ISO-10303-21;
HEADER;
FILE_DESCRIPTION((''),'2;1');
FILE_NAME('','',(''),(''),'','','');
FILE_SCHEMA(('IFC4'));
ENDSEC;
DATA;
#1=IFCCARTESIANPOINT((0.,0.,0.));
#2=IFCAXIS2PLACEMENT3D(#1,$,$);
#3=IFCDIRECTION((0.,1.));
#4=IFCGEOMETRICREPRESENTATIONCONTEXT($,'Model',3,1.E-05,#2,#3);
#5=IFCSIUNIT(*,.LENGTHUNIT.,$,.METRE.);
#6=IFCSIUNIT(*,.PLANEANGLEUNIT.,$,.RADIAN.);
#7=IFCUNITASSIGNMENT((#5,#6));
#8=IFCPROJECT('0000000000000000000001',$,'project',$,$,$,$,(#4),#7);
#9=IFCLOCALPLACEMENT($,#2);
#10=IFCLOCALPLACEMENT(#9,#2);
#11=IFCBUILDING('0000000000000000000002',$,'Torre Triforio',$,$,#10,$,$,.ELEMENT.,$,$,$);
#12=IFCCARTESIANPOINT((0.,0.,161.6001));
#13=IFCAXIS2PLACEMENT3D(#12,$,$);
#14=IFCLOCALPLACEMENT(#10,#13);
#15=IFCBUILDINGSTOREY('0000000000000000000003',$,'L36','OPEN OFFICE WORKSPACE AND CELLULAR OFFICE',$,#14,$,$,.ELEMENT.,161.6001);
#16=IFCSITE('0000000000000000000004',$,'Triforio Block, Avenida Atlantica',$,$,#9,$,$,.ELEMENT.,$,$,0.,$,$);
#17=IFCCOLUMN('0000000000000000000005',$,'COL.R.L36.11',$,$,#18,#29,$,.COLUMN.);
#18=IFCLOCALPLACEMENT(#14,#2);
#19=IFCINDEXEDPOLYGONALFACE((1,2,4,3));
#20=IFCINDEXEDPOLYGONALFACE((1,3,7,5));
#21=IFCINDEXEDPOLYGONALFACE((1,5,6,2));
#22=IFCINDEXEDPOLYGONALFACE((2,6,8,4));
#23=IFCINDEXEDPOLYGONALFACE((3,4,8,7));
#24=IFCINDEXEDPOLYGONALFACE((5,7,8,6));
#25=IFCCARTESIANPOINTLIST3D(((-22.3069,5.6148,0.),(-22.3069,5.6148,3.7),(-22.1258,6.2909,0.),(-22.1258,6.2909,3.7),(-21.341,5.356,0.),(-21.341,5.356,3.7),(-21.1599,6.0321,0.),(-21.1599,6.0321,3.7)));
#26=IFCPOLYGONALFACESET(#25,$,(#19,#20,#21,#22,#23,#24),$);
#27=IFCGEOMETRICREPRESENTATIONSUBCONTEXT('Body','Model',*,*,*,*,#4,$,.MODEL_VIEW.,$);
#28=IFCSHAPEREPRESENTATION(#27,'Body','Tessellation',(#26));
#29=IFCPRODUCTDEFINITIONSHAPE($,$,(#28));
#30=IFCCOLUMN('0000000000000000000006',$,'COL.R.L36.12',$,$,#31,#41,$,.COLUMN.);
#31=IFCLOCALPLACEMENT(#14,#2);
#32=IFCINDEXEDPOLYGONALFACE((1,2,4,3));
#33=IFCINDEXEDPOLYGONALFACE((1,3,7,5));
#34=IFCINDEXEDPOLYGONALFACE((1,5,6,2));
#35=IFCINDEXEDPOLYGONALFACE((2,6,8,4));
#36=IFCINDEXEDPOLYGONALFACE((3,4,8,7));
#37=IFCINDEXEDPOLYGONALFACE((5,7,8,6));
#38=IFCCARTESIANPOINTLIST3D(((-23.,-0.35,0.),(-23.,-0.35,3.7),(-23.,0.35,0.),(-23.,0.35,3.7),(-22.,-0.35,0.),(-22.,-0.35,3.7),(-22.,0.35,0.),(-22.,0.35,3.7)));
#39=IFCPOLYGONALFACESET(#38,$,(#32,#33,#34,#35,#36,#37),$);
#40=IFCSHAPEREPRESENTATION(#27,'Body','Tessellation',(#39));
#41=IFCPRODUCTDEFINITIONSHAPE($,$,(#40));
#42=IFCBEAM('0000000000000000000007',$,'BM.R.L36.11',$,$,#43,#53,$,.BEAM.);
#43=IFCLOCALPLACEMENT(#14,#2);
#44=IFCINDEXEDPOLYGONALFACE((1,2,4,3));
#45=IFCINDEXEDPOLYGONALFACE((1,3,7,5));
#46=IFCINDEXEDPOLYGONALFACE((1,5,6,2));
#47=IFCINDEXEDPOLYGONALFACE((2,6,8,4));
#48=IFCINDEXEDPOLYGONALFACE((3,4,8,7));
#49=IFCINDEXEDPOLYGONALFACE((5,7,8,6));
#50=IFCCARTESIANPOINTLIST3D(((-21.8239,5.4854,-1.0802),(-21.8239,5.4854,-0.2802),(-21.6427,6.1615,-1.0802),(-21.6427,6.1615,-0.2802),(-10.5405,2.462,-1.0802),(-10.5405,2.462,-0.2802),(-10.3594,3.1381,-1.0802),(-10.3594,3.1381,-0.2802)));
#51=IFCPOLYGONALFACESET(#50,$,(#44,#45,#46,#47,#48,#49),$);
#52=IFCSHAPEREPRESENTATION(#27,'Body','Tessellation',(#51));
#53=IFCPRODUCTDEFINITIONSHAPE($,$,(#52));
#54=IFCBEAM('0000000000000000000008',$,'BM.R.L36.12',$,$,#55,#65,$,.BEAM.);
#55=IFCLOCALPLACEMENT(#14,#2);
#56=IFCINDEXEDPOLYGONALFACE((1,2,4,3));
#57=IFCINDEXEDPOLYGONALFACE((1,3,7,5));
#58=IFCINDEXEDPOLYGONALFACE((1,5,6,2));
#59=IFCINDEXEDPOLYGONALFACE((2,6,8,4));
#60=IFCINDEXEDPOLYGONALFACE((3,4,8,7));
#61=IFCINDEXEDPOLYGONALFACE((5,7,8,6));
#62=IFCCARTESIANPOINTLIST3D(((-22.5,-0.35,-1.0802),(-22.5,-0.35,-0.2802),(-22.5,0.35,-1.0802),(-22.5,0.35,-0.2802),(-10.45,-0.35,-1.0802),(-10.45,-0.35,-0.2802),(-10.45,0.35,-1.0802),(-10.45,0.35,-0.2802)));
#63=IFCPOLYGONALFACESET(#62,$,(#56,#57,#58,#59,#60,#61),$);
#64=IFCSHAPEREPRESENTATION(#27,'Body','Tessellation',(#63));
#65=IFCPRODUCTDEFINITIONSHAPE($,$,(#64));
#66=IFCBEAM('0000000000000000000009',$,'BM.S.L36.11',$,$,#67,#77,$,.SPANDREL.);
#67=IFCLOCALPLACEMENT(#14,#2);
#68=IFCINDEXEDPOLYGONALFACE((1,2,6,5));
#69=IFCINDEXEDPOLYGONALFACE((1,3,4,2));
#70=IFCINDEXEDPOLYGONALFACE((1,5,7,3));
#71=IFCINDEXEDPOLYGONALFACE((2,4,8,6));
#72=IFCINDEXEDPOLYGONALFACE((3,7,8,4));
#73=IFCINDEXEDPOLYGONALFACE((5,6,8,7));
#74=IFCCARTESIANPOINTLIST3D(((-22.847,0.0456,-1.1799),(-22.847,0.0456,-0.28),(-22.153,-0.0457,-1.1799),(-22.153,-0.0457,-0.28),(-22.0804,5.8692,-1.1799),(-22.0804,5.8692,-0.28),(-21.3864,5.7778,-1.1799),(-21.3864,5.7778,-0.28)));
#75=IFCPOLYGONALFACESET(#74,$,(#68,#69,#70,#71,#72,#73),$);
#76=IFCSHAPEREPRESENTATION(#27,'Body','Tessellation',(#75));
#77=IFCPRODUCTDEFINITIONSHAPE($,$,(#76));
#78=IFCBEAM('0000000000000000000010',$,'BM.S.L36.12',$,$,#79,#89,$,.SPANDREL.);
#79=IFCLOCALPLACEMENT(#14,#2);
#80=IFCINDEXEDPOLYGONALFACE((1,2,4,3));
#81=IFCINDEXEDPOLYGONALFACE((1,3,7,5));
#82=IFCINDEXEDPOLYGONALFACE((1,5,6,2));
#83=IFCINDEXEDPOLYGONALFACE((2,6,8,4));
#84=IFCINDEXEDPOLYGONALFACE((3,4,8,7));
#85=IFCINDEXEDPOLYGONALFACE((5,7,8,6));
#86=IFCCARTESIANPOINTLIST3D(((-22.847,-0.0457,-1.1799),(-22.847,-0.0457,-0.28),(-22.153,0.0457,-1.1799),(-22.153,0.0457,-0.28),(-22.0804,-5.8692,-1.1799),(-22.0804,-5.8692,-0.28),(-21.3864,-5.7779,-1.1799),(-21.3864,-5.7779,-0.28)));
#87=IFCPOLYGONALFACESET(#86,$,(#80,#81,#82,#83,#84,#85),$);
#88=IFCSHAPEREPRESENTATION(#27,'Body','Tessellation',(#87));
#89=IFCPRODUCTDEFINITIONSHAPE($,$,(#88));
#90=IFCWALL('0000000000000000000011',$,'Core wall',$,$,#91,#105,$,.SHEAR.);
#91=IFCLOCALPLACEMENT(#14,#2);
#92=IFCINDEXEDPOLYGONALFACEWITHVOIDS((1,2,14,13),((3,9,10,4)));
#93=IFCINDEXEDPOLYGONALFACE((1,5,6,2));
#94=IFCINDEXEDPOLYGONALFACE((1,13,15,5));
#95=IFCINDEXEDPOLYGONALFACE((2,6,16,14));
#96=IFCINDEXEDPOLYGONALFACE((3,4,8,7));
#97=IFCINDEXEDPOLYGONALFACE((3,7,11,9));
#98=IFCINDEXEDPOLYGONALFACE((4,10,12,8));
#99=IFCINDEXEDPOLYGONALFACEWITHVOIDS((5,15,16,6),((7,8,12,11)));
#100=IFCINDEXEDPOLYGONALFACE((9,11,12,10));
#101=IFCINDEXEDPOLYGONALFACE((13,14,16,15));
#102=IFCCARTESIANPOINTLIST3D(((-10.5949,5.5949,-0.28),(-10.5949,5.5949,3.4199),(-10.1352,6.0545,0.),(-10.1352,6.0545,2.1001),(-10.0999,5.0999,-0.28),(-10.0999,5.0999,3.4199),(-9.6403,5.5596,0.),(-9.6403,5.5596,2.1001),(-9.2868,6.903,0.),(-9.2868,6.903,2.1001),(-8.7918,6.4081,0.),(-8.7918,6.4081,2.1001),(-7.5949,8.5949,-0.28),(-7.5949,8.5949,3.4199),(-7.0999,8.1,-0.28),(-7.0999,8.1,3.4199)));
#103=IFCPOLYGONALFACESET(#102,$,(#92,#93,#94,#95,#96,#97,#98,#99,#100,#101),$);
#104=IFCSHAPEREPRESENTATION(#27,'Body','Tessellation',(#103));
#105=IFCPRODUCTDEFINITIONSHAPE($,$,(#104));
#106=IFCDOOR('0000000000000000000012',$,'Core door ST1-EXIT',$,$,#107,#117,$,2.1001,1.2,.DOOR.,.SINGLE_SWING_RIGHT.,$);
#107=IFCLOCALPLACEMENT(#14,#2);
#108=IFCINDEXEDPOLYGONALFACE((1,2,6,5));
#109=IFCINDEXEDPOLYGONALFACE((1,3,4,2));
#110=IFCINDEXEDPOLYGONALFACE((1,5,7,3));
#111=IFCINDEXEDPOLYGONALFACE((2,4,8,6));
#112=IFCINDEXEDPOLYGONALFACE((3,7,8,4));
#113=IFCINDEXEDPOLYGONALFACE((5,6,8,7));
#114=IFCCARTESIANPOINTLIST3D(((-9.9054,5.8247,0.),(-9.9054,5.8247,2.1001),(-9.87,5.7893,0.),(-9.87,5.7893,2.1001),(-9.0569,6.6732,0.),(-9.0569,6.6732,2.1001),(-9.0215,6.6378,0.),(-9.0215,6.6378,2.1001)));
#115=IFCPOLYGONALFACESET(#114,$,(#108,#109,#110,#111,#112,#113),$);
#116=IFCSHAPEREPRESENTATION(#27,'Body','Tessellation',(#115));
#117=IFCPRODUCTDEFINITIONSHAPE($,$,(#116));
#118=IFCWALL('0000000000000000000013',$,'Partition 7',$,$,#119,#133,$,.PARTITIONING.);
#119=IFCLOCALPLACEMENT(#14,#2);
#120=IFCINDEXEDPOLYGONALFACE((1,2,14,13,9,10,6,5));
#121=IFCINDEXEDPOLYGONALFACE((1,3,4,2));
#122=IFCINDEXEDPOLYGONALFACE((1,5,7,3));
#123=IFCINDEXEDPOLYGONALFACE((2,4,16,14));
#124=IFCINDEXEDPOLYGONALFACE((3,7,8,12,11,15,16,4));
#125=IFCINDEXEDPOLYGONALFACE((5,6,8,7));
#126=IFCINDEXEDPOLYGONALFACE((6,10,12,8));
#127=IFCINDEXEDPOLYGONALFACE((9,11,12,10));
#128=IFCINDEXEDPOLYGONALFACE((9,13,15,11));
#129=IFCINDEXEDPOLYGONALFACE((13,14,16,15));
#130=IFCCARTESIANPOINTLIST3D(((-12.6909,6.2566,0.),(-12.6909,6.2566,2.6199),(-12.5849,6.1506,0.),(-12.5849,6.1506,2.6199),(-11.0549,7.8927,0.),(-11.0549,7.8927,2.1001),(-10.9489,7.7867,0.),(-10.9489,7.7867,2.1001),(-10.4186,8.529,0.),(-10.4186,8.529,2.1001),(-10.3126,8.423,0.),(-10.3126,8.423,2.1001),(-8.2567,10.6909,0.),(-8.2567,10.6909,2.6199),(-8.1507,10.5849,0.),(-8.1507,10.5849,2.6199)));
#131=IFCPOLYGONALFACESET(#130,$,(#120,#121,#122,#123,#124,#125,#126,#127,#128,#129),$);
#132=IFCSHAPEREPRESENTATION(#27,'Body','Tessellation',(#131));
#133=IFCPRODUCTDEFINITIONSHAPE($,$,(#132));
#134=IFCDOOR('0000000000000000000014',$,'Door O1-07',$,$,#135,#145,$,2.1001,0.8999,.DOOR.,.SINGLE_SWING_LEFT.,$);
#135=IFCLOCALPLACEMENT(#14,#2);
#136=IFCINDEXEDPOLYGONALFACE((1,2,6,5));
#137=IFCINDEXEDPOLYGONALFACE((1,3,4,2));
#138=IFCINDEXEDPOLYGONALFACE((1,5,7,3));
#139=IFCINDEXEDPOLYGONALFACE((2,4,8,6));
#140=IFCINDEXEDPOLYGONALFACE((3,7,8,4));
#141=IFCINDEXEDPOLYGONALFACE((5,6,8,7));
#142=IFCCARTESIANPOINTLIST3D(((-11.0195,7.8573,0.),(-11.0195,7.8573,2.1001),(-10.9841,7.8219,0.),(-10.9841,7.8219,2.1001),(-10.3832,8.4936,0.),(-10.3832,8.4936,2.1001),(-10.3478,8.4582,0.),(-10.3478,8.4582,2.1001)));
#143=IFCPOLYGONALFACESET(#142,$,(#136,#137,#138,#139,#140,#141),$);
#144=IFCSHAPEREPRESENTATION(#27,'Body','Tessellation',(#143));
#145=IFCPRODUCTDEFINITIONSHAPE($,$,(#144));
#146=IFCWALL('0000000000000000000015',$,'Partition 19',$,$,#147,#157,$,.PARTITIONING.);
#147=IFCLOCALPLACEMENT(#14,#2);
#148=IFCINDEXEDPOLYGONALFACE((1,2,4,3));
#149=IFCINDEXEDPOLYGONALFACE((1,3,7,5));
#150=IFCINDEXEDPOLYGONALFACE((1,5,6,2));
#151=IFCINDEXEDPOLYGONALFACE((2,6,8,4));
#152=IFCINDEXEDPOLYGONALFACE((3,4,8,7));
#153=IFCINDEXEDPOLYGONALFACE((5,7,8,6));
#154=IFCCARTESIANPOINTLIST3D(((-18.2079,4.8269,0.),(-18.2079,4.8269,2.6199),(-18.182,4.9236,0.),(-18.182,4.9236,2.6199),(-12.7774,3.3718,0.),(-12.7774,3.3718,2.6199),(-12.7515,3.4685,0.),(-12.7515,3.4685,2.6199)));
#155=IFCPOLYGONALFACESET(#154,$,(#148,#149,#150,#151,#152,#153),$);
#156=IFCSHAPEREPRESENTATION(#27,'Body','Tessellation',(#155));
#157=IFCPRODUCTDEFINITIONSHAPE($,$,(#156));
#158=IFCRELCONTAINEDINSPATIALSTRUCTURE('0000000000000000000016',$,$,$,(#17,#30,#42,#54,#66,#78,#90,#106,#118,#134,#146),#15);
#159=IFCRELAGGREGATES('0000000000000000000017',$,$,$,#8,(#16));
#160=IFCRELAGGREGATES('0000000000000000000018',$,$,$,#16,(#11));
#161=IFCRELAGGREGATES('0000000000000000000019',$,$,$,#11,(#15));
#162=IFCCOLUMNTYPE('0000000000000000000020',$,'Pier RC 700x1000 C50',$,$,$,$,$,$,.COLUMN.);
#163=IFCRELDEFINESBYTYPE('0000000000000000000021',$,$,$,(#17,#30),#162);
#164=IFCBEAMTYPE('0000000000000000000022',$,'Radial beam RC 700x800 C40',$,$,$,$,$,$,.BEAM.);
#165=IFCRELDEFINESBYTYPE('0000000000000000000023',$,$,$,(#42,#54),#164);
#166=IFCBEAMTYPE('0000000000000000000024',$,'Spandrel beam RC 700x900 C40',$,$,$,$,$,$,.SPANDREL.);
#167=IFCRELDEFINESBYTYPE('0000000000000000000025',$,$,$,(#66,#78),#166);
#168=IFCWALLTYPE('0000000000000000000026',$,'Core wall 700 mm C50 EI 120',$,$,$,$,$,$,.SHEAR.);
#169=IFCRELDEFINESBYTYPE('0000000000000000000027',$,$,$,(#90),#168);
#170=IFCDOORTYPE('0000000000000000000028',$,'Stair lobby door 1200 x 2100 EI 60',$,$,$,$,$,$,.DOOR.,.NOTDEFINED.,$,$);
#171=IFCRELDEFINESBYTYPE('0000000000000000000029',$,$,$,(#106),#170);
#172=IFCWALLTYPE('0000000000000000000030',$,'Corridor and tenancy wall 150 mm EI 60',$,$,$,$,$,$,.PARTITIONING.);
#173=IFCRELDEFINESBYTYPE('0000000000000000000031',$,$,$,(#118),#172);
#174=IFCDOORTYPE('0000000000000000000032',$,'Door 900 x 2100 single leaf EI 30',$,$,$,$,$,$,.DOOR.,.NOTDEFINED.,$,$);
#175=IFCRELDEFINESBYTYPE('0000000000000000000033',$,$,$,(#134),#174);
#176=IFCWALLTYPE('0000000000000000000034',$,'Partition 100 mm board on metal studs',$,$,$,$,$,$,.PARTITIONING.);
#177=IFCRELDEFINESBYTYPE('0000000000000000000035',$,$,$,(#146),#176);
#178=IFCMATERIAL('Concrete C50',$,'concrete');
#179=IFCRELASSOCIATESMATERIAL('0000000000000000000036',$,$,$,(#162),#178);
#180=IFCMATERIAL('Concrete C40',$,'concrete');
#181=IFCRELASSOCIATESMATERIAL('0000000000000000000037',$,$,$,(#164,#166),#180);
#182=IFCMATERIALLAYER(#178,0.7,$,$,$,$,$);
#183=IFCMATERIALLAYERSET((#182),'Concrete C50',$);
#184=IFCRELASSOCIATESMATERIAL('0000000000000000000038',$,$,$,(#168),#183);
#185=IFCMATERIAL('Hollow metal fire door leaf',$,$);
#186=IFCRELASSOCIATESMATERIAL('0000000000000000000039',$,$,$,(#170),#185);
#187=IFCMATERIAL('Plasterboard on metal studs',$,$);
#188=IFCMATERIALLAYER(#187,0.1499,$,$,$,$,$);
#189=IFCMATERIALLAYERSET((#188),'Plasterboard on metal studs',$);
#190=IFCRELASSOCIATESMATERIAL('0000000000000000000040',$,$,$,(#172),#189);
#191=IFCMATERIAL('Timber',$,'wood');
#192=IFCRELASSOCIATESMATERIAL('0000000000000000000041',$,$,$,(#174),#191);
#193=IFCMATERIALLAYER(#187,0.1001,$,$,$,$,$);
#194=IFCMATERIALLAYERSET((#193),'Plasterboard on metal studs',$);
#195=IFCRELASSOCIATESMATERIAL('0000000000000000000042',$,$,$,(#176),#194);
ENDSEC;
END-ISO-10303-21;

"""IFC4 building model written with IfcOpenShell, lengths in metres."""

from ifc_helpers import new_model, si_unit, direction, frame, frame_2d, origin, origin_2d, place, context, subcontext, project, spatial, rectangle, extrude, material, layer, layer_set, material_profile, profile_set, type_object, element, fill, save


model = new_model("IFC4")

# Units and contexts
model_context = context("Model", 3, precision=1e-05, world=origin(), true_north=direction((0.0, 1.0)))
body_context = subcontext(model_context, "Body", "Model", "MODEL_VIEW")
ifc_project = project(units=[si_unit("LENGTHUNIT", "METRE"), si_unit("PLANEANGLEUNIT", "RADIAN")], contexts=[model_context])

# Site, building, storey
site_placement = place(None, origin())
site = spatial("IfcSite", under=ifc_project, at=site_placement, Name="Triforio Block, Avenida Atlantica", CompositionType="ELEMENT", RefElevation=0.0)
building_placement = place(site_placement, origin())
building = spatial("IfcBuilding", under=site, at=building_placement, Name="Torre Triforio", CompositionType="ELEMENT")
storey_placement = place(building_placement, frame((0.0, 0.0, 161.6001)))
storey = spatial("IfcBuildingStorey", under=building, at=storey_placement, Name="L36", Description="OPEN OFFICE WORKSPACE AND CELLULAR OFFICE", CompositionType="ELEMENT", Elevation=161.6001)

# Columns
ifc_material_1 = material(Name="Concrete C50", Category="concrete")
ifc_material_profile_1 = material_profile(ifc_material_1, rectangle(XDim=0.7, YDim=1.0, at=origin_2d()), Name="RC 700x1000")
ifc_profile_set_1 = profile_set([ifc_material_profile_1], Name="Concrete C50")
column_type = type_object("IfcColumnType", Name="Pier RC 700x1000 C50", PredefinedType="COLUMN", material=ifc_profile_set_1)
for number, where, z_axis, x_axis, name in (
    (1, (-21.7334, 5.8235, 0.0), (0.0, 0.0, 1.0), (-0.258819, -0.965926, 0.0), "COL.R.L36.11"),
    (2, (-22.5, 0.0, 0.0), (0.0, 0.0, 1.0), (0.0, -1.0, 0.0), "COL.R.L36.12"),
):
    element("IfcColumn", number, at=place(storey_placement, frame(where, z_axis=z_axis, x_axis=x_axis)), inside=storey, type_object=column_type, Name=name, PredefinedType="COLUMN", context=body_context, shape_type="SweptSolid", body=[
        extrude(rectangle(XDim=0.7, YDim=1.0, at=origin_2d()), origin(), (0.0, 0.0, 1.0), 3.7),
    ])

# Beams
ifc_material_2 = material(Name="Concrete C40", Category="concrete")
ifc_material_profile_2 = material_profile(ifc_material_2, rectangle(XDim=0.7, YDim=0.8, at=origin_2d()), Name="RC 700x800")
ifc_profile_set_2 = profile_set([ifc_material_profile_2], Name="Concrete C40")
beam_type_1 = type_object("IfcBeamType", Name="Radial beam RC 700x800 C40", PredefinedType="BEAM", material=ifc_profile_set_2)
beam_1_placement = place(storey_placement, frame((-10.45, 2.8, -0.6802), z_axis=(-0.965925, 0.258823, 0.0), x_axis=(-0.258823, -0.965925, 0.0)))
element("IfcBeam", 3, at=beam_1_placement, inside=storey, type_object=beam_type_1, Name="BM.R.L36.11", PredefinedType="BEAM", context=body_context, shape_type="SweptSolid", body=[
    extrude(rectangle(XDim=0.7, YDim=0.8, at=origin_2d()), origin(), (0.0, 0.0, 1.0), 11.6814),
])
beam_2_placement = place(storey_placement, frame((-10.45, 0.0, -0.6802), z_axis=(-1.0, 0.0, 0.0), x_axis=(0.0, -1.0, 0.0)))
element("IfcBeam", 4, at=beam_2_placement, inside=storey, type_object=beam_type_1, Name="BM.R.L36.12", PredefinedType="BEAM", context=body_context, shape_type="SweptSolid", body=[
    extrude(rectangle(XDim=0.7, YDim=0.8, at=origin_2d()), origin(), (0.0, 0.0, 1.0), 12.05),
])
ifc_material_profile_3 = material_profile(ifc_material_2, rectangle(XDim=0.7, YDim=0.8999, at=origin_2d()), Name="RC 700x900")
ifc_profile_set_3 = profile_set([ifc_material_profile_3], Name="Concrete C40")
beam_type_2 = type_object("IfcBeamType", Name="Spandrel beam RC 700x900 C40", PredefinedType="SPANDREL", material=ifc_profile_set_3)
for number, where, z_axis, x_axis, name in (
    (5, (-21.7334, 5.8235, -0.73), (-0.130514, -0.991447, 0.0), (0.991447, -0.130514, 0.0), "BM.S.L36.11"),
    (6, (-22.5, 0.0, -0.73), (0.130514, -0.991447, 0.0), (0.991447, 0.130514, 0.0), "BM.S.L36.12"),
):
    element("IfcBeam", number, at=place(storey_placement, frame(where, z_axis=z_axis, x_axis=x_axis)), inside=storey, type_object=beam_type_2, Name=name, PredefinedType="SPANDREL", context=body_context, shape_type="SweptSolid", body=[
        extrude(rectangle(XDim=0.7, YDim=0.8999, at=origin_2d()), origin(), (0.0, 0.0, 1.0), 5.8738),
    ])

# Walls, openings, doors
ifc_layer_1 = layer(ifc_material_1, 0.7)
ifc_layer_set_1 = layer_set([ifc_layer_1], Name="Concrete C50")
wall_type_1 = type_object("IfcWallType", Name="Core wall 700 mm C50 EI 120", PredefinedType="SHEAR", material=ifc_layer_set_1)
wall_1_placement = place(storey_placement, frame((-10.3474, 5.3474, -0.28), z_axis=(0.0, 0.0, 1.0), x_axis=(0.707107, 0.707107, 0.0)))
wall_1 = element("IfcWall", 7, at=wall_1_placement, inside=storey, type_object=wall_type_1, Name="Core wall", PredefinedType="SHEAR", context=body_context, shape_type="SweptSolid", body=[
    extrude(rectangle(XDim=4.2427, YDim=0.7, at=frame_2d((2.1213, 0.0))), origin(), (0.0, 0.0, 1.0), 3.7),
])
opening_1_placement = place(wall_1_placement, frame((0.6499, 0.0, 0.28)))
opening_1 = element("IfcOpeningElement", 8, at=opening_1_placement, cuts=wall_1, PredefinedType="OPENING", context=body_context, shape_type="SweptSolid", body=[
    extrude(rectangle(XDim=1.2, YDim=2.1001, at=frame_2d((0.6001, 1.05))), frame((0.0, 0.3599, 0.0), z_axis=(0.0, -1.0, 0.0), x_axis=(1.0, 0.0, 0.0)), (0.0, 0.0, 1.0), 0.72),
])
ifc_material_3 = material(Name="Hollow metal fire door leaf")
door_type_1 = type_object("IfcDoorType", Name="Stair lobby door 1200 x 2100 EI 60", OperationType="NOTDEFINED", PredefinedType="DOOR", material=ifc_material_3)
door_1_placement = place(opening_1_placement, origin())
door_1 = element("IfcDoor", 9, at=door_1_placement, inside=storey, type_object=door_type_1, Name="Core door ST1-EXIT", OperationType="SINGLE_SWING_RIGHT", OverallHeight=2.1001, OverallWidth=1.2, PredefinedType="DOOR", context=body_context, shape_type="SweptSolid", body=[
    extrude(rectangle(XDim=1.2, YDim=2.1001, at=frame_2d((0.6001, 1.05))), frame((0.0, 0.0249, 0.0), z_axis=(0.0, -1.0, 0.0), x_axis=(1.0, 0.0, 0.0)), (0.0, 0.0, 1.0), 0.05),
])
fill(opening_1, door_1)
ifc_material_4 = material(Name="Plasterboard on metal studs")
ifc_layer_2 = layer(ifc_material_4, 0.1499)
ifc_layer_set_2 = layer_set([ifc_layer_2], Name="Plasterboard on metal studs")
wall_type_2 = type_object("IfcWallType", Name="Corridor and tenancy wall 150 mm EI 60", PredefinedType="PARTITIONING", material=ifc_layer_set_2)
wall_2_placement = place(storey_placement, frame((-12.6379, 6.2036, 0.0), z_axis=(0.0, 0.0, 1.0), x_axis=(0.707107, 0.707107, 0.0)))
wall_2 = element("IfcWall", 10, at=wall_2_placement, inside=storey, type_object=wall_type_2, Name="Partition 7", PredefinedType="PARTITIONING", context=body_context, shape_type="SweptSolid", body=[
    extrude(rectangle(XDim=6.271, YDim=0.1499, at=frame_2d((3.1355, 0.0))), origin(), (0.0, 0.0, 1.0), 2.6199),
])
opening_2_placement = place(wall_2_placement, frame((2.3137, 0.0, 0.0)))
opening_2 = element("IfcOpeningElement", 11, at=opening_2_placement, cuts=wall_2, PredefinedType="OPENING", context=body_context, shape_type="SweptSolid", body=[
    extrude(rectangle(XDim=0.8999, YDim=2.1001, at=frame_2d((0.45, 1.05))), frame((0.0, 0.085, 0.0), z_axis=(0.0, -1.0, 0.0), x_axis=(1.0, 0.0, 0.0)), (0.0, 0.0, 1.0), 0.1699),
])
ifc_material_5 = material(Name="Timber", Category="wood")
door_type_2 = type_object("IfcDoorType", Name="Door 900 x 2100 single leaf EI 30", OperationType="NOTDEFINED", PredefinedType="DOOR", material=ifc_material_5)
door_2_placement = place(opening_2_placement, origin())
door_2 = element("IfcDoor", 12, at=door_2_placement, inside=storey, type_object=door_type_2, Name="Door O1-07", OperationType="SINGLE_SWING_LEFT", OverallHeight=2.1001, OverallWidth=0.8999, PredefinedType="DOOR", context=body_context, shape_type="SweptSolid", body=[
    extrude(rectangle(XDim=0.8999, YDim=2.1001, at=frame_2d((0.45, 1.05))), frame((0.0, 0.0249, 0.0), z_axis=(0.0, -1.0, 0.0), x_axis=(1.0, 0.0, 0.0)), (0.0, 0.0, 1.0), 0.05),
])
fill(opening_2, door_2)

# Wall
ifc_layer_3 = layer(ifc_material_4, 0.1001)
ifc_layer_set_3 = layer_set([ifc_layer_3], Name="Plasterboard on metal studs")
wall_type_3 = type_object("IfcWallType", Name="Partition 100 mm board on metal studs", PredefinedType="PARTITIONING", material=ifc_layer_set_3)
wall_3_placement = place(storey_placement, frame((-12.7644, 3.4202, 0.0), z_axis=(0.0, 0.0, 1.0), x_axis=(-0.965926, 0.258819, 0.0)))
element("IfcWall", 13, at=wall_3_placement, inside=storey, type_object=wall_type_3, Name="Partition 19", PredefinedType="PARTITIONING", context=body_context, shape_type="SweptSolid", body=[
    extrude(rectangle(XDim=5.6221, YDim=0.1001, at=frame_2d((2.811, 0.0))), origin(), (0.0, 0.0, 1.0), 2.6199),
])

save(model, "model.ifc")
